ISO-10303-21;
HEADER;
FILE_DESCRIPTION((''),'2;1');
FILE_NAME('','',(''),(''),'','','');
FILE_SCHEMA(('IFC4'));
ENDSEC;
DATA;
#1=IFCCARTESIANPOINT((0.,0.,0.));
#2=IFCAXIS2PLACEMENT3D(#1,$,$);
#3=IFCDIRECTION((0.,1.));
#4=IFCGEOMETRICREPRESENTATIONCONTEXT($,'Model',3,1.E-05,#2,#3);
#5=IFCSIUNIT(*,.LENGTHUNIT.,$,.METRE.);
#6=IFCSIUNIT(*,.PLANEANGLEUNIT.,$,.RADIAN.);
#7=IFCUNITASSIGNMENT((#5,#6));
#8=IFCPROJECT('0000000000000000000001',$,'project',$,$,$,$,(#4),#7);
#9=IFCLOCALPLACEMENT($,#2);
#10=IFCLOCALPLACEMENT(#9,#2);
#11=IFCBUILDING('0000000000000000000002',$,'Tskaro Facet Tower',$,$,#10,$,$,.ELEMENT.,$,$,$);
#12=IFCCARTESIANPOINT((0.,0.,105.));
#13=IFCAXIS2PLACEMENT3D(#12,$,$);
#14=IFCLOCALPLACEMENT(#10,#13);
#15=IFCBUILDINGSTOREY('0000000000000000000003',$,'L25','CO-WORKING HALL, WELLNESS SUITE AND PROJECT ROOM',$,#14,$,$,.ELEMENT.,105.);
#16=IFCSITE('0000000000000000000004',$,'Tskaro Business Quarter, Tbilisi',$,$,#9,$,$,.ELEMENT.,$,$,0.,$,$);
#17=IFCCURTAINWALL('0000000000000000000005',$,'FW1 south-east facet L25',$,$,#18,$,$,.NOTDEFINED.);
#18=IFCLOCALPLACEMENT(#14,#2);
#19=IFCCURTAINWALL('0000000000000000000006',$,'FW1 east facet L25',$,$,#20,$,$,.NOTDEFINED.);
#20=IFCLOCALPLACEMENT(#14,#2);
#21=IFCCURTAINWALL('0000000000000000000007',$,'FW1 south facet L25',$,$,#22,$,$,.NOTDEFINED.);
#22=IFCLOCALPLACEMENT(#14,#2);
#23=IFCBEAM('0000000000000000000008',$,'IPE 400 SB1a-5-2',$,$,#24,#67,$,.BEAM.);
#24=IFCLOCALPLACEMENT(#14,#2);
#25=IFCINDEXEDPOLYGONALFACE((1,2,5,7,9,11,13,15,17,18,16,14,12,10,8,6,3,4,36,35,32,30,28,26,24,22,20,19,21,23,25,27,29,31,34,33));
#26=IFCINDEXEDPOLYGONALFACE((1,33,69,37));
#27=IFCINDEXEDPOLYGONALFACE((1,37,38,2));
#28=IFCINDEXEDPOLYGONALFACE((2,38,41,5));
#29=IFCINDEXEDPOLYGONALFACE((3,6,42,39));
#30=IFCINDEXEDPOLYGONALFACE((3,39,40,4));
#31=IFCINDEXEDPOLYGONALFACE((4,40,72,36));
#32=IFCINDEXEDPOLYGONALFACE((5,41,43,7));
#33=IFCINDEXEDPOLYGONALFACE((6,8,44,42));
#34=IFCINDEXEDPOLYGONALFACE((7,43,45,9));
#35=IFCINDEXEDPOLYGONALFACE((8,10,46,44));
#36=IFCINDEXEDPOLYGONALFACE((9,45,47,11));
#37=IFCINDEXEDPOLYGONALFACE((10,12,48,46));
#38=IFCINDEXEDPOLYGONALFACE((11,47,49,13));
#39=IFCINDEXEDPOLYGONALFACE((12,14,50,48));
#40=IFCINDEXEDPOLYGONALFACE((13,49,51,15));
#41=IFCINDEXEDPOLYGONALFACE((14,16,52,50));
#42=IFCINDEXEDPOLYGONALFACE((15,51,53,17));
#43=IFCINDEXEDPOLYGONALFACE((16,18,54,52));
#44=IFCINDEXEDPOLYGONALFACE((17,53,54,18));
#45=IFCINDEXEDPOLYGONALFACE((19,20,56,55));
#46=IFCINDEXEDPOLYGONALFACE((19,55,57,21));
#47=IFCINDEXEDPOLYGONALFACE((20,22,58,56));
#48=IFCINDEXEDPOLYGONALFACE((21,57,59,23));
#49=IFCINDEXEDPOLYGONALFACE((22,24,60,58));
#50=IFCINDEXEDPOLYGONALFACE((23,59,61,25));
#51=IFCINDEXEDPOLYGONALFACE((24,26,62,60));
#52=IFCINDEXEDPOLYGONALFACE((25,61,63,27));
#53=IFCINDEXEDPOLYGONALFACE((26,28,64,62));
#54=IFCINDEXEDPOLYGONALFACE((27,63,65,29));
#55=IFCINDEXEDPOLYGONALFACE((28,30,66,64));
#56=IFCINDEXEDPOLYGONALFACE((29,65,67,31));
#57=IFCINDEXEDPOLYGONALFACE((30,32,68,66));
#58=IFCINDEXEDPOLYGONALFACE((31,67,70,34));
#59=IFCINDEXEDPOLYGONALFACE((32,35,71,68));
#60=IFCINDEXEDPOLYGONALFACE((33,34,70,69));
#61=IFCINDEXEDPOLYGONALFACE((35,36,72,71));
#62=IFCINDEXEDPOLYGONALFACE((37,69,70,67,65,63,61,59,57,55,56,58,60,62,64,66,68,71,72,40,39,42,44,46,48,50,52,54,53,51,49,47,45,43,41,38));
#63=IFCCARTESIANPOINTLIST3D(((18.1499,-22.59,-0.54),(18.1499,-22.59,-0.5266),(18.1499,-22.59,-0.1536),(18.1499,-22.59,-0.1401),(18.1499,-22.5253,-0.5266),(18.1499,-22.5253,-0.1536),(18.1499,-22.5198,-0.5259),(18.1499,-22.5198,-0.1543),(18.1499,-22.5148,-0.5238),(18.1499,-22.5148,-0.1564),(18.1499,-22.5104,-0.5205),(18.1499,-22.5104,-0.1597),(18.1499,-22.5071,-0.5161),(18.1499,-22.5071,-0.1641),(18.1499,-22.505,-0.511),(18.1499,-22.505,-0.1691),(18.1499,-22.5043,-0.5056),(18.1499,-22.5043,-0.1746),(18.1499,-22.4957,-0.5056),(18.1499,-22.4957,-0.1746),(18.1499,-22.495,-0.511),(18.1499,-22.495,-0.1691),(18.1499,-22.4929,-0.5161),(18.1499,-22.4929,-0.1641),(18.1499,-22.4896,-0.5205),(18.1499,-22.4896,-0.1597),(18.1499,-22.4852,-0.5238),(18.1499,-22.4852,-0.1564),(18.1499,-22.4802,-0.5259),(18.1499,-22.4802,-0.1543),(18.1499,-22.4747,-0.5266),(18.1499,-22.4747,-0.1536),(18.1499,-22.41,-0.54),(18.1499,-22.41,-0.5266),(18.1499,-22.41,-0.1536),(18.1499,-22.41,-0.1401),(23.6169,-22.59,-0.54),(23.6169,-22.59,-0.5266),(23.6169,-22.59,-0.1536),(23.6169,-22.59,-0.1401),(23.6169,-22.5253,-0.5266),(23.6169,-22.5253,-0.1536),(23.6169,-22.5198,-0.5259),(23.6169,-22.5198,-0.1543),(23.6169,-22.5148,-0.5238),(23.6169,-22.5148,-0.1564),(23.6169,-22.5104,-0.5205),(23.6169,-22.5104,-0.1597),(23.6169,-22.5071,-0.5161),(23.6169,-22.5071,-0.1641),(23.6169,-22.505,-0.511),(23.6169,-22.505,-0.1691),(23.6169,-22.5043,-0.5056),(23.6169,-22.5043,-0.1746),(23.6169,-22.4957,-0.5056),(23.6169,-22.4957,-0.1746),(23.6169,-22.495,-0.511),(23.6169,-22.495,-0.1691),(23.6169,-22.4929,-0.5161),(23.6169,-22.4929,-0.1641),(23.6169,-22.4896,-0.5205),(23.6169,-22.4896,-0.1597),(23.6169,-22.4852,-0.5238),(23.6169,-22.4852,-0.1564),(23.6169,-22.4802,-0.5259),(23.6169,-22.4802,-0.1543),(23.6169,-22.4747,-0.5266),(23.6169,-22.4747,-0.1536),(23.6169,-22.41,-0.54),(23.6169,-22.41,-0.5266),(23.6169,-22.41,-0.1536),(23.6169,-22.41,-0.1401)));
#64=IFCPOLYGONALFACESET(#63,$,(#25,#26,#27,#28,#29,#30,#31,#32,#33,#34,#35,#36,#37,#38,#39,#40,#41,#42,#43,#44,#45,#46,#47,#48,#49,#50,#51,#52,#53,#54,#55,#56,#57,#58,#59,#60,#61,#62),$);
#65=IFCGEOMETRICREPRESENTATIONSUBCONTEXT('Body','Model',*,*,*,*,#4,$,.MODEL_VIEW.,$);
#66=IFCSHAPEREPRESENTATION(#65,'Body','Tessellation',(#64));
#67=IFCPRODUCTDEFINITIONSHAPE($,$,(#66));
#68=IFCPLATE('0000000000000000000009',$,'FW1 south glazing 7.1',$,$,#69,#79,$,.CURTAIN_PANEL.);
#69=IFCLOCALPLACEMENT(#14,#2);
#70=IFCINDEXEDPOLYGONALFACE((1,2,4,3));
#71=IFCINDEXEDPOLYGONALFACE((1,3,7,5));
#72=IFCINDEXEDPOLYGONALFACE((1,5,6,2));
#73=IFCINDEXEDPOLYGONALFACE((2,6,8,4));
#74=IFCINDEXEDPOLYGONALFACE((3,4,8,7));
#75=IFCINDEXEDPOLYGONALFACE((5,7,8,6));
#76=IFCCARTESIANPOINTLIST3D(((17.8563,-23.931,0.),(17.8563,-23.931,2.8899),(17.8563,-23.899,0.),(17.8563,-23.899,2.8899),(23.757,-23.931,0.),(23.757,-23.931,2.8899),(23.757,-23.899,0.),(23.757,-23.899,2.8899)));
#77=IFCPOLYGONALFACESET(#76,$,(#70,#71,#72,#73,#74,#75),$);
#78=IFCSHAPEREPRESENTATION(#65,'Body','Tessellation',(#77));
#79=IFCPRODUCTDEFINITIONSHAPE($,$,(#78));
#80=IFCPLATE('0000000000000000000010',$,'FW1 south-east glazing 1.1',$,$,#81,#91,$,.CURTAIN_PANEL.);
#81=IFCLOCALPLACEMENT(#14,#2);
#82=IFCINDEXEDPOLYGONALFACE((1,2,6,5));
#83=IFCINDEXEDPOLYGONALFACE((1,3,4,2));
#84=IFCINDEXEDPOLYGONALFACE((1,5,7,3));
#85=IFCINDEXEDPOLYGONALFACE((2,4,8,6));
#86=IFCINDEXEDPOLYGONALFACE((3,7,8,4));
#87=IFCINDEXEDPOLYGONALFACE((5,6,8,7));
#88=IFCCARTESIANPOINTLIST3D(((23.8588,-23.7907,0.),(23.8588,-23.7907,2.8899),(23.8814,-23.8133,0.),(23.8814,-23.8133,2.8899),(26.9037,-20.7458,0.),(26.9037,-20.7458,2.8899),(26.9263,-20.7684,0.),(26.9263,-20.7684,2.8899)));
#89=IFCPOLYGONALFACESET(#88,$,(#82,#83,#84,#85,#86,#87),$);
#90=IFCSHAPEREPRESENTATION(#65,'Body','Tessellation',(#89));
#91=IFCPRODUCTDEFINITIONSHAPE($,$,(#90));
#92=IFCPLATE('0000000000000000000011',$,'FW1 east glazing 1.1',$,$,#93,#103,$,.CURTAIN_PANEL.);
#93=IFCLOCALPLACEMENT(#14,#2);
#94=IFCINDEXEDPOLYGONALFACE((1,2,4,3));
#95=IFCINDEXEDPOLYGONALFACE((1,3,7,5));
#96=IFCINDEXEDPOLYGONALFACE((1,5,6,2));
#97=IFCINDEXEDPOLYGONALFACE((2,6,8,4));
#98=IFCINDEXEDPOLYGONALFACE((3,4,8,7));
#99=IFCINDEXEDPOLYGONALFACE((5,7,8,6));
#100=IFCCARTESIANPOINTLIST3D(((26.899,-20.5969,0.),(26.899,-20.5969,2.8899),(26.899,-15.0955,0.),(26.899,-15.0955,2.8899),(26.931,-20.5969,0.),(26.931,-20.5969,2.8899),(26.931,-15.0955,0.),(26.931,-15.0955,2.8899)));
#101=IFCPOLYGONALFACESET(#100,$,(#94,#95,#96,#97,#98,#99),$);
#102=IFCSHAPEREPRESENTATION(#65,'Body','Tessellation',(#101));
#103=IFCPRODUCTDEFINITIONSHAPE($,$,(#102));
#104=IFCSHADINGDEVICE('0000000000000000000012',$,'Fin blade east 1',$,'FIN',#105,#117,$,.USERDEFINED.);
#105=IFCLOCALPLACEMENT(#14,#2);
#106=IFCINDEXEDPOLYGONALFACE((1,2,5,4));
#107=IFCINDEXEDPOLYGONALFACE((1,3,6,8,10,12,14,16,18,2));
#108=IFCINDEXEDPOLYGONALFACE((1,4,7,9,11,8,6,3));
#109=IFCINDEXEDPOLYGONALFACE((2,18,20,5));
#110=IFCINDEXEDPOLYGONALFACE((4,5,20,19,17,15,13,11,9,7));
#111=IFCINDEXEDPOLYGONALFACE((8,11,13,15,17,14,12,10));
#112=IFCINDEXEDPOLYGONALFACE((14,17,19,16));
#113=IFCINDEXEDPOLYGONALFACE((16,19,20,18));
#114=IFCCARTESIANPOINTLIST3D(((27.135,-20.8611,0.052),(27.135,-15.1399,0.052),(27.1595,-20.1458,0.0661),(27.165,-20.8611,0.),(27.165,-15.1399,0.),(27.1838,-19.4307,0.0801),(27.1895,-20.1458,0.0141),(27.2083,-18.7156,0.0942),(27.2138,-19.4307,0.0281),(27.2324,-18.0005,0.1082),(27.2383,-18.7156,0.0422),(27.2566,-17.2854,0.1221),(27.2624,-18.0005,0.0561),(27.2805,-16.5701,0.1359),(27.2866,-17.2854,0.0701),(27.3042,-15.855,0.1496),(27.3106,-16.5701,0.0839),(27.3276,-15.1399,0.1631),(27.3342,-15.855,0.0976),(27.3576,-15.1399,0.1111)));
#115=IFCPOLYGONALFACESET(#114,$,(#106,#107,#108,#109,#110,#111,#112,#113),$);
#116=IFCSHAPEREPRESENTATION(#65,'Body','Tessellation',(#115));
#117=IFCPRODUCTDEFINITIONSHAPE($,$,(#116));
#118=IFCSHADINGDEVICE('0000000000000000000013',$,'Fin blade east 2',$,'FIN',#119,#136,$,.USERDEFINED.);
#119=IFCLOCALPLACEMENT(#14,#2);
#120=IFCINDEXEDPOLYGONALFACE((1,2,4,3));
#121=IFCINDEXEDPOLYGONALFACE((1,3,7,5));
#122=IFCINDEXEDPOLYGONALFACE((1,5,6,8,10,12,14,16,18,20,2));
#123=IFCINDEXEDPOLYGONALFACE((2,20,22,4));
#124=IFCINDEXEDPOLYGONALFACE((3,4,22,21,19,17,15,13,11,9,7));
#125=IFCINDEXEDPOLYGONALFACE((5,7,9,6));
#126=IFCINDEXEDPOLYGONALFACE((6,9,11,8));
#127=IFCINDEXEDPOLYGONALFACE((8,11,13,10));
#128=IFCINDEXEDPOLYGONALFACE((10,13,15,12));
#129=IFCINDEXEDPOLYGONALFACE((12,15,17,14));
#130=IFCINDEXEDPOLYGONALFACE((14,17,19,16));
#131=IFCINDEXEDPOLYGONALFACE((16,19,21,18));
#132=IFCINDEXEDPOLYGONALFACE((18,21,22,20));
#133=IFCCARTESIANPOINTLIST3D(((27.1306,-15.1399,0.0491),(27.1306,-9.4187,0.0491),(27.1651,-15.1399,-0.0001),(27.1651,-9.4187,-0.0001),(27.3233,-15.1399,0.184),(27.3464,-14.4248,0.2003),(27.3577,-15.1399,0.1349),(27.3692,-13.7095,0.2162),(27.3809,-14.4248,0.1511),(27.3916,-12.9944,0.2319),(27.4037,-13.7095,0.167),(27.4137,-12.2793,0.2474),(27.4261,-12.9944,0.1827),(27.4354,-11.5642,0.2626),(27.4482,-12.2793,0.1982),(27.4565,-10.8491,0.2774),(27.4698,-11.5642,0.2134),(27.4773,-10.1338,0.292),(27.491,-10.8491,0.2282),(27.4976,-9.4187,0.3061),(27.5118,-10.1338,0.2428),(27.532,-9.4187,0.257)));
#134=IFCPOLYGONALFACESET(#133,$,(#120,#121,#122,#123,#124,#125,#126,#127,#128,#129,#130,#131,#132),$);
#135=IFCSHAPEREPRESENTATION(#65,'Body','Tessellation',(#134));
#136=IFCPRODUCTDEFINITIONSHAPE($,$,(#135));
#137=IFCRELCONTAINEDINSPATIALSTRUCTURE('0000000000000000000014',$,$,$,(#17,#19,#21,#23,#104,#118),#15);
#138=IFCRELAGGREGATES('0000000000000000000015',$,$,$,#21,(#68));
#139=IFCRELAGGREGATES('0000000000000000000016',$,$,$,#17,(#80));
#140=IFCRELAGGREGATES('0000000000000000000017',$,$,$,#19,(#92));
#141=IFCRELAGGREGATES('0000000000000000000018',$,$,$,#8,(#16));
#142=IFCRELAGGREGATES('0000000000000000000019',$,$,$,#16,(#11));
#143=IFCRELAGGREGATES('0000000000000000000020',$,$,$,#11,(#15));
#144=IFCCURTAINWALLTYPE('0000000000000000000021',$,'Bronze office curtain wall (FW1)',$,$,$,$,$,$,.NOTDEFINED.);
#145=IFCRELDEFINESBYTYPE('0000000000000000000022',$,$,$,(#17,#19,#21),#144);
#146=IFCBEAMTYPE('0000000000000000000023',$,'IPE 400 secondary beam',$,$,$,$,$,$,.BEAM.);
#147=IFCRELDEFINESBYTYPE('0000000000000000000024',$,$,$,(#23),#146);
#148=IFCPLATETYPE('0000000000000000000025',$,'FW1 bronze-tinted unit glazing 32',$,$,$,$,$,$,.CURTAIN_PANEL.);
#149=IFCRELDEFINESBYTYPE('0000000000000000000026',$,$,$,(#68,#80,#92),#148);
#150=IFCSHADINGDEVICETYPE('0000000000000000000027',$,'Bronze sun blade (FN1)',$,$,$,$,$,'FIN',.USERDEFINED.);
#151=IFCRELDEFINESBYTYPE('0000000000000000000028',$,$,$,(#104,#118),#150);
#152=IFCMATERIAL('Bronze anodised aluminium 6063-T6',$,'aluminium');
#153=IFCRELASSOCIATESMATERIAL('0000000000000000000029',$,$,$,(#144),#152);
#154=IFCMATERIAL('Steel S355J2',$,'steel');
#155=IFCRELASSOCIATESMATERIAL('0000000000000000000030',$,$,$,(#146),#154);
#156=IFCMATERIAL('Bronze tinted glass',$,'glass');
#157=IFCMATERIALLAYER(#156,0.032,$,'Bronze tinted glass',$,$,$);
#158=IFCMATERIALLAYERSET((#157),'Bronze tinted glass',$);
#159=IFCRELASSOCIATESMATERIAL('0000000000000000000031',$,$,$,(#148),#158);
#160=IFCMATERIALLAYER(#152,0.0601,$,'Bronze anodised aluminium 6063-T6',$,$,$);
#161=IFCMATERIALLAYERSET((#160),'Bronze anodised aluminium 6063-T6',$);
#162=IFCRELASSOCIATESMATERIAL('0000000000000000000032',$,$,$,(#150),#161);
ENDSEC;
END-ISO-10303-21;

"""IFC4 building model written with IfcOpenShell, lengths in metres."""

from ifc_helpers import new_model, si_unit, direction, frame, origin, origin_2d, place, context, subcontext, project, spatial, polyline, rectangle, i_section, outline, extrude, material, layer, layer_set, material_profile, profile_set, type_object, element, aggregate, save


model = new_model("IFC4")

# Units and contexts
model_context = context("Model", 3, precision=1e-05, world=origin(), true_north=direction((0.0, 1.0)))
body_context = subcontext(model_context, "Body", "Model", "MODEL_VIEW")
ifc_project = project(units=[si_unit("LENGTHUNIT", "METRE"), si_unit("PLANEANGLEUNIT", "RADIAN")], contexts=[model_context])

# Site, building, storey
site_placement = place(None, origin())
site = spatial("IfcSite", under=ifc_project, at=site_placement, Name="Tskaro Business Quarter, Tbilisi", CompositionType="ELEMENT", RefElevation=0.0)
building_placement = place(site_placement, origin())
building = spatial("IfcBuilding", under=site, at=building_placement, Name="Tskaro Facet Tower", CompositionType="ELEMENT")
storey_placement = place(building_placement, frame((0.0, 0.0, 105.0)))
storey = spatial("IfcBuildingStorey", under=building, at=storey_placement, Name="L25", Description="CO-WORKING HALL, WELLNESS SUITE AND PROJECT ROOM", CompositionType="ELEMENT", Elevation=105.0)

# Curtain walls
ifc_material_1 = material(Name="Bronze anodised aluminium 6063-T6", Category="aluminium")
curtain_wall_type = type_object("IfcCurtainWallType", Name="Bronze office curtain wall (FW1)", PredefinedType="NOTDEFINED", material=ifc_material_1)
curtain_wall_1_placement = place(storey_placement, origin())
curtain_wall_1 = element("IfcCurtainWall", 1, at=curtain_wall_1_placement, inside=storey, type_object=curtain_wall_type, Name="FW1 south-east facet L25", PredefinedType="NOTDEFINED")
curtain_wall_2_placement = place(storey_placement, origin())
curtain_wall_2 = element("IfcCurtainWall", 2, at=curtain_wall_2_placement, inside=storey, type_object=curtain_wall_type, Name="FW1 east facet L25", PredefinedType="NOTDEFINED")

# Curtain wall
curtain_wall_3_placement = place(storey_placement, origin())
curtain_wall_3 = element("IfcCurtainWall", 3, at=curtain_wall_3_placement, inside=storey, type_object=curtain_wall_type, Name="FW1 south facet L25", PredefinedType="NOTDEFINED")

# Beam
ifc_material_2 = material(Name="Steel S355J2", Category="steel")
ifc_material_profile_1 = material_profile(ifc_material_2, i_section(OverallWidth=0.1799, OverallDepth=0.3999, WebThickness=0.0085, FlangeThickness=0.0134, FilletRadius=0.021, at=origin_2d()), Name="IPE 400")
ifc_profile_set_1 = profile_set([ifc_material_profile_1], Name="Steel S355J2")
beam_type_1 = type_object("IfcBeamType", Name="IPE 400 secondary beam", PredefinedType="BEAM", material=ifc_profile_set_1)
beam_1_placement = place(storey_placement, frame((18.1499, -22.5, -0.3401), z_axis=(1.0, 0.0, 0.0), x_axis=(0.0, 1.0, 0.0)))
element("IfcBeam", 4, at=beam_1_placement, inside=storey, type_object=beam_type_1, Name="IPE 400 SB1a-5-2", PredefinedType="BEAM", context=body_context, shape_type="SweptSolid", body=[
    extrude(i_section(OverallWidth=0.1799, OverallDepth=0.3999, WebThickness=0.0085, FlangeThickness=0.0134, FilletRadius=0.021, at=origin_2d()), origin(), (0.0, 0.0, 1.0), 5.467),
])

# Plates
ifc_material_3 = material(Name="Bronze tinted glass", Category="glass")
ifc_layer_1 = layer(ifc_material_3, 0.032, Name="Bronze tinted glass")
ifc_layer_set_1 = layer_set([ifc_layer_1], Name="Bronze tinted glass")
plate_type = type_object("IfcPlateType", Name="FW1 bronze-tinted unit glazing 32", PredefinedType="CURTAIN_PANEL", material=ifc_layer_set_1)
plate_1_placement = place(storey_placement, frame((20.8066, -23.915, 0.0), z_axis=(0.0, 0.0, 1.0), x_axis=(1.0, 0.0, 0.0)))
plate_1 = element("IfcPlate", 5, at=plate_1_placement, type_object=plate_type, Name="FW1 south glazing 7.1", PredefinedType="CURTAIN_PANEL", context=body_context, shape_type="SweptSolid", body=[
    extrude(rectangle(XDim=5.9006, YDim=0.032, at=origin_2d()), origin(), (0.0, 0.0, 1.0), 2.8899),
])
aggregate(curtain_wall_3, [plate_1])
plate_2_placement = place(storey_placement, frame((25.3926, -22.2795, 0.0), z_axis=(0.0, 0.0, 1.0), x_axis=(0.707107, 0.707107, 0.0)))
plate_2 = element("IfcPlate", 6, at=plate_2_placement, type_object=plate_type, Name="FW1 south-east glazing 1.1", PredefinedType="CURTAIN_PANEL", context=body_context, shape_type="SweptSolid", body=[
    extrude(rectangle(XDim=4.3062, YDim=0.032, at=origin_2d()), origin(), (0.0, 0.0, 1.0), 2.8899),
])
aggregate(curtain_wall_1, [plate_2])
plate_3_placement = place(storey_placement, frame((26.915, -17.8462, 0.0), z_axis=(0.0, 0.0, 1.0), x_axis=(0.0, 1.0, 0.0)))
plate_3 = element("IfcPlate", 7, at=plate_3_placement, type_object=plate_type, Name="FW1 east glazing 1.1", PredefinedType="CURTAIN_PANEL", context=body_context, shape_type="SweptSolid", body=[
    extrude(rectangle(XDim=5.5015, YDim=0.032, at=origin_2d()), origin(), (0.0, 0.0, 1.0), 2.8899),
])
aggregate(curtain_wall_2, [plate_3])

# Shading devices
ifc_layer_2 = layer(ifc_material_1, 0.0601, Name="Bronze anodised aluminium 6063-T6")
ifc_layer_set_2 = layer_set([ifc_layer_2], Name="Bronze anodised aluminium 6063-T6")
shading_device_type = type_object("IfcShadingDeviceType", Name="Bronze sun blade (FN1)", ElementType="FIN", PredefinedType="USERDEFINED", material=ifc_layer_set_2)
shading_device_1_placement = place(storey_placement, frame((27.135, -20.8611, 0.052), z_axis=(-0.49964, 0.000003, 0.866233), x_axis=(0.000002, 1.0, -0.000003)))
element("IfcShadingDevice", 8, at=shading_device_1_placement, inside=storey, type_object=shading_device_type, Name="Fin blade east 1", ObjectType="FIN", PredefinedType="USERDEFINED", context=body_context, shape_type="SweptSolid", body=[
    extrude(outline(polyline([(0.0, 0.0), (5.7212, 0.0), (5.7212, -0.2224), (5.0061, -0.1954), (4.291, -0.168), (3.5757, -0.1403), (2.8606, -0.1124), (2.1455, -0.0845), (1.4304, -0.0563), (0.7153, -0.0282), (0.0, 0.0)])), origin(), (0.0, 0.0, -1.0), 0.0601),
])
shading_device_2_placement = place(storey_placement, frame((27.1306, -15.1399, 0.0491), z_axis=(-0.573801, 0.000003, 0.818994), x_axis=(0.000002, 1.0, -0.000003)))
element("IfcShadingDevice", 9, at=shading_device_2_placement, inside=storey, type_object=shading_device_type, Name="Fin blade east 2", ObjectType="FIN", PredefinedType="USERDEFINED", context=body_context, shape_type="SweptSolid", body=[
    extrude(outline(polyline([(0.0, 0.0), (5.7212, 0.0), (5.7212, -0.448), (5.0061, -0.4233), (4.2908, -0.3979), (3.5757, -0.3721), (2.8606, -0.3457), (2.1455, -0.3187), (1.4304, -0.2913), (0.7151, -0.2635), (0.0, -0.2352), (0.0, 0.0)])), origin(), (0.0, 0.0, -1.0), 0.0601),
])

save(model, "model.ifc")
